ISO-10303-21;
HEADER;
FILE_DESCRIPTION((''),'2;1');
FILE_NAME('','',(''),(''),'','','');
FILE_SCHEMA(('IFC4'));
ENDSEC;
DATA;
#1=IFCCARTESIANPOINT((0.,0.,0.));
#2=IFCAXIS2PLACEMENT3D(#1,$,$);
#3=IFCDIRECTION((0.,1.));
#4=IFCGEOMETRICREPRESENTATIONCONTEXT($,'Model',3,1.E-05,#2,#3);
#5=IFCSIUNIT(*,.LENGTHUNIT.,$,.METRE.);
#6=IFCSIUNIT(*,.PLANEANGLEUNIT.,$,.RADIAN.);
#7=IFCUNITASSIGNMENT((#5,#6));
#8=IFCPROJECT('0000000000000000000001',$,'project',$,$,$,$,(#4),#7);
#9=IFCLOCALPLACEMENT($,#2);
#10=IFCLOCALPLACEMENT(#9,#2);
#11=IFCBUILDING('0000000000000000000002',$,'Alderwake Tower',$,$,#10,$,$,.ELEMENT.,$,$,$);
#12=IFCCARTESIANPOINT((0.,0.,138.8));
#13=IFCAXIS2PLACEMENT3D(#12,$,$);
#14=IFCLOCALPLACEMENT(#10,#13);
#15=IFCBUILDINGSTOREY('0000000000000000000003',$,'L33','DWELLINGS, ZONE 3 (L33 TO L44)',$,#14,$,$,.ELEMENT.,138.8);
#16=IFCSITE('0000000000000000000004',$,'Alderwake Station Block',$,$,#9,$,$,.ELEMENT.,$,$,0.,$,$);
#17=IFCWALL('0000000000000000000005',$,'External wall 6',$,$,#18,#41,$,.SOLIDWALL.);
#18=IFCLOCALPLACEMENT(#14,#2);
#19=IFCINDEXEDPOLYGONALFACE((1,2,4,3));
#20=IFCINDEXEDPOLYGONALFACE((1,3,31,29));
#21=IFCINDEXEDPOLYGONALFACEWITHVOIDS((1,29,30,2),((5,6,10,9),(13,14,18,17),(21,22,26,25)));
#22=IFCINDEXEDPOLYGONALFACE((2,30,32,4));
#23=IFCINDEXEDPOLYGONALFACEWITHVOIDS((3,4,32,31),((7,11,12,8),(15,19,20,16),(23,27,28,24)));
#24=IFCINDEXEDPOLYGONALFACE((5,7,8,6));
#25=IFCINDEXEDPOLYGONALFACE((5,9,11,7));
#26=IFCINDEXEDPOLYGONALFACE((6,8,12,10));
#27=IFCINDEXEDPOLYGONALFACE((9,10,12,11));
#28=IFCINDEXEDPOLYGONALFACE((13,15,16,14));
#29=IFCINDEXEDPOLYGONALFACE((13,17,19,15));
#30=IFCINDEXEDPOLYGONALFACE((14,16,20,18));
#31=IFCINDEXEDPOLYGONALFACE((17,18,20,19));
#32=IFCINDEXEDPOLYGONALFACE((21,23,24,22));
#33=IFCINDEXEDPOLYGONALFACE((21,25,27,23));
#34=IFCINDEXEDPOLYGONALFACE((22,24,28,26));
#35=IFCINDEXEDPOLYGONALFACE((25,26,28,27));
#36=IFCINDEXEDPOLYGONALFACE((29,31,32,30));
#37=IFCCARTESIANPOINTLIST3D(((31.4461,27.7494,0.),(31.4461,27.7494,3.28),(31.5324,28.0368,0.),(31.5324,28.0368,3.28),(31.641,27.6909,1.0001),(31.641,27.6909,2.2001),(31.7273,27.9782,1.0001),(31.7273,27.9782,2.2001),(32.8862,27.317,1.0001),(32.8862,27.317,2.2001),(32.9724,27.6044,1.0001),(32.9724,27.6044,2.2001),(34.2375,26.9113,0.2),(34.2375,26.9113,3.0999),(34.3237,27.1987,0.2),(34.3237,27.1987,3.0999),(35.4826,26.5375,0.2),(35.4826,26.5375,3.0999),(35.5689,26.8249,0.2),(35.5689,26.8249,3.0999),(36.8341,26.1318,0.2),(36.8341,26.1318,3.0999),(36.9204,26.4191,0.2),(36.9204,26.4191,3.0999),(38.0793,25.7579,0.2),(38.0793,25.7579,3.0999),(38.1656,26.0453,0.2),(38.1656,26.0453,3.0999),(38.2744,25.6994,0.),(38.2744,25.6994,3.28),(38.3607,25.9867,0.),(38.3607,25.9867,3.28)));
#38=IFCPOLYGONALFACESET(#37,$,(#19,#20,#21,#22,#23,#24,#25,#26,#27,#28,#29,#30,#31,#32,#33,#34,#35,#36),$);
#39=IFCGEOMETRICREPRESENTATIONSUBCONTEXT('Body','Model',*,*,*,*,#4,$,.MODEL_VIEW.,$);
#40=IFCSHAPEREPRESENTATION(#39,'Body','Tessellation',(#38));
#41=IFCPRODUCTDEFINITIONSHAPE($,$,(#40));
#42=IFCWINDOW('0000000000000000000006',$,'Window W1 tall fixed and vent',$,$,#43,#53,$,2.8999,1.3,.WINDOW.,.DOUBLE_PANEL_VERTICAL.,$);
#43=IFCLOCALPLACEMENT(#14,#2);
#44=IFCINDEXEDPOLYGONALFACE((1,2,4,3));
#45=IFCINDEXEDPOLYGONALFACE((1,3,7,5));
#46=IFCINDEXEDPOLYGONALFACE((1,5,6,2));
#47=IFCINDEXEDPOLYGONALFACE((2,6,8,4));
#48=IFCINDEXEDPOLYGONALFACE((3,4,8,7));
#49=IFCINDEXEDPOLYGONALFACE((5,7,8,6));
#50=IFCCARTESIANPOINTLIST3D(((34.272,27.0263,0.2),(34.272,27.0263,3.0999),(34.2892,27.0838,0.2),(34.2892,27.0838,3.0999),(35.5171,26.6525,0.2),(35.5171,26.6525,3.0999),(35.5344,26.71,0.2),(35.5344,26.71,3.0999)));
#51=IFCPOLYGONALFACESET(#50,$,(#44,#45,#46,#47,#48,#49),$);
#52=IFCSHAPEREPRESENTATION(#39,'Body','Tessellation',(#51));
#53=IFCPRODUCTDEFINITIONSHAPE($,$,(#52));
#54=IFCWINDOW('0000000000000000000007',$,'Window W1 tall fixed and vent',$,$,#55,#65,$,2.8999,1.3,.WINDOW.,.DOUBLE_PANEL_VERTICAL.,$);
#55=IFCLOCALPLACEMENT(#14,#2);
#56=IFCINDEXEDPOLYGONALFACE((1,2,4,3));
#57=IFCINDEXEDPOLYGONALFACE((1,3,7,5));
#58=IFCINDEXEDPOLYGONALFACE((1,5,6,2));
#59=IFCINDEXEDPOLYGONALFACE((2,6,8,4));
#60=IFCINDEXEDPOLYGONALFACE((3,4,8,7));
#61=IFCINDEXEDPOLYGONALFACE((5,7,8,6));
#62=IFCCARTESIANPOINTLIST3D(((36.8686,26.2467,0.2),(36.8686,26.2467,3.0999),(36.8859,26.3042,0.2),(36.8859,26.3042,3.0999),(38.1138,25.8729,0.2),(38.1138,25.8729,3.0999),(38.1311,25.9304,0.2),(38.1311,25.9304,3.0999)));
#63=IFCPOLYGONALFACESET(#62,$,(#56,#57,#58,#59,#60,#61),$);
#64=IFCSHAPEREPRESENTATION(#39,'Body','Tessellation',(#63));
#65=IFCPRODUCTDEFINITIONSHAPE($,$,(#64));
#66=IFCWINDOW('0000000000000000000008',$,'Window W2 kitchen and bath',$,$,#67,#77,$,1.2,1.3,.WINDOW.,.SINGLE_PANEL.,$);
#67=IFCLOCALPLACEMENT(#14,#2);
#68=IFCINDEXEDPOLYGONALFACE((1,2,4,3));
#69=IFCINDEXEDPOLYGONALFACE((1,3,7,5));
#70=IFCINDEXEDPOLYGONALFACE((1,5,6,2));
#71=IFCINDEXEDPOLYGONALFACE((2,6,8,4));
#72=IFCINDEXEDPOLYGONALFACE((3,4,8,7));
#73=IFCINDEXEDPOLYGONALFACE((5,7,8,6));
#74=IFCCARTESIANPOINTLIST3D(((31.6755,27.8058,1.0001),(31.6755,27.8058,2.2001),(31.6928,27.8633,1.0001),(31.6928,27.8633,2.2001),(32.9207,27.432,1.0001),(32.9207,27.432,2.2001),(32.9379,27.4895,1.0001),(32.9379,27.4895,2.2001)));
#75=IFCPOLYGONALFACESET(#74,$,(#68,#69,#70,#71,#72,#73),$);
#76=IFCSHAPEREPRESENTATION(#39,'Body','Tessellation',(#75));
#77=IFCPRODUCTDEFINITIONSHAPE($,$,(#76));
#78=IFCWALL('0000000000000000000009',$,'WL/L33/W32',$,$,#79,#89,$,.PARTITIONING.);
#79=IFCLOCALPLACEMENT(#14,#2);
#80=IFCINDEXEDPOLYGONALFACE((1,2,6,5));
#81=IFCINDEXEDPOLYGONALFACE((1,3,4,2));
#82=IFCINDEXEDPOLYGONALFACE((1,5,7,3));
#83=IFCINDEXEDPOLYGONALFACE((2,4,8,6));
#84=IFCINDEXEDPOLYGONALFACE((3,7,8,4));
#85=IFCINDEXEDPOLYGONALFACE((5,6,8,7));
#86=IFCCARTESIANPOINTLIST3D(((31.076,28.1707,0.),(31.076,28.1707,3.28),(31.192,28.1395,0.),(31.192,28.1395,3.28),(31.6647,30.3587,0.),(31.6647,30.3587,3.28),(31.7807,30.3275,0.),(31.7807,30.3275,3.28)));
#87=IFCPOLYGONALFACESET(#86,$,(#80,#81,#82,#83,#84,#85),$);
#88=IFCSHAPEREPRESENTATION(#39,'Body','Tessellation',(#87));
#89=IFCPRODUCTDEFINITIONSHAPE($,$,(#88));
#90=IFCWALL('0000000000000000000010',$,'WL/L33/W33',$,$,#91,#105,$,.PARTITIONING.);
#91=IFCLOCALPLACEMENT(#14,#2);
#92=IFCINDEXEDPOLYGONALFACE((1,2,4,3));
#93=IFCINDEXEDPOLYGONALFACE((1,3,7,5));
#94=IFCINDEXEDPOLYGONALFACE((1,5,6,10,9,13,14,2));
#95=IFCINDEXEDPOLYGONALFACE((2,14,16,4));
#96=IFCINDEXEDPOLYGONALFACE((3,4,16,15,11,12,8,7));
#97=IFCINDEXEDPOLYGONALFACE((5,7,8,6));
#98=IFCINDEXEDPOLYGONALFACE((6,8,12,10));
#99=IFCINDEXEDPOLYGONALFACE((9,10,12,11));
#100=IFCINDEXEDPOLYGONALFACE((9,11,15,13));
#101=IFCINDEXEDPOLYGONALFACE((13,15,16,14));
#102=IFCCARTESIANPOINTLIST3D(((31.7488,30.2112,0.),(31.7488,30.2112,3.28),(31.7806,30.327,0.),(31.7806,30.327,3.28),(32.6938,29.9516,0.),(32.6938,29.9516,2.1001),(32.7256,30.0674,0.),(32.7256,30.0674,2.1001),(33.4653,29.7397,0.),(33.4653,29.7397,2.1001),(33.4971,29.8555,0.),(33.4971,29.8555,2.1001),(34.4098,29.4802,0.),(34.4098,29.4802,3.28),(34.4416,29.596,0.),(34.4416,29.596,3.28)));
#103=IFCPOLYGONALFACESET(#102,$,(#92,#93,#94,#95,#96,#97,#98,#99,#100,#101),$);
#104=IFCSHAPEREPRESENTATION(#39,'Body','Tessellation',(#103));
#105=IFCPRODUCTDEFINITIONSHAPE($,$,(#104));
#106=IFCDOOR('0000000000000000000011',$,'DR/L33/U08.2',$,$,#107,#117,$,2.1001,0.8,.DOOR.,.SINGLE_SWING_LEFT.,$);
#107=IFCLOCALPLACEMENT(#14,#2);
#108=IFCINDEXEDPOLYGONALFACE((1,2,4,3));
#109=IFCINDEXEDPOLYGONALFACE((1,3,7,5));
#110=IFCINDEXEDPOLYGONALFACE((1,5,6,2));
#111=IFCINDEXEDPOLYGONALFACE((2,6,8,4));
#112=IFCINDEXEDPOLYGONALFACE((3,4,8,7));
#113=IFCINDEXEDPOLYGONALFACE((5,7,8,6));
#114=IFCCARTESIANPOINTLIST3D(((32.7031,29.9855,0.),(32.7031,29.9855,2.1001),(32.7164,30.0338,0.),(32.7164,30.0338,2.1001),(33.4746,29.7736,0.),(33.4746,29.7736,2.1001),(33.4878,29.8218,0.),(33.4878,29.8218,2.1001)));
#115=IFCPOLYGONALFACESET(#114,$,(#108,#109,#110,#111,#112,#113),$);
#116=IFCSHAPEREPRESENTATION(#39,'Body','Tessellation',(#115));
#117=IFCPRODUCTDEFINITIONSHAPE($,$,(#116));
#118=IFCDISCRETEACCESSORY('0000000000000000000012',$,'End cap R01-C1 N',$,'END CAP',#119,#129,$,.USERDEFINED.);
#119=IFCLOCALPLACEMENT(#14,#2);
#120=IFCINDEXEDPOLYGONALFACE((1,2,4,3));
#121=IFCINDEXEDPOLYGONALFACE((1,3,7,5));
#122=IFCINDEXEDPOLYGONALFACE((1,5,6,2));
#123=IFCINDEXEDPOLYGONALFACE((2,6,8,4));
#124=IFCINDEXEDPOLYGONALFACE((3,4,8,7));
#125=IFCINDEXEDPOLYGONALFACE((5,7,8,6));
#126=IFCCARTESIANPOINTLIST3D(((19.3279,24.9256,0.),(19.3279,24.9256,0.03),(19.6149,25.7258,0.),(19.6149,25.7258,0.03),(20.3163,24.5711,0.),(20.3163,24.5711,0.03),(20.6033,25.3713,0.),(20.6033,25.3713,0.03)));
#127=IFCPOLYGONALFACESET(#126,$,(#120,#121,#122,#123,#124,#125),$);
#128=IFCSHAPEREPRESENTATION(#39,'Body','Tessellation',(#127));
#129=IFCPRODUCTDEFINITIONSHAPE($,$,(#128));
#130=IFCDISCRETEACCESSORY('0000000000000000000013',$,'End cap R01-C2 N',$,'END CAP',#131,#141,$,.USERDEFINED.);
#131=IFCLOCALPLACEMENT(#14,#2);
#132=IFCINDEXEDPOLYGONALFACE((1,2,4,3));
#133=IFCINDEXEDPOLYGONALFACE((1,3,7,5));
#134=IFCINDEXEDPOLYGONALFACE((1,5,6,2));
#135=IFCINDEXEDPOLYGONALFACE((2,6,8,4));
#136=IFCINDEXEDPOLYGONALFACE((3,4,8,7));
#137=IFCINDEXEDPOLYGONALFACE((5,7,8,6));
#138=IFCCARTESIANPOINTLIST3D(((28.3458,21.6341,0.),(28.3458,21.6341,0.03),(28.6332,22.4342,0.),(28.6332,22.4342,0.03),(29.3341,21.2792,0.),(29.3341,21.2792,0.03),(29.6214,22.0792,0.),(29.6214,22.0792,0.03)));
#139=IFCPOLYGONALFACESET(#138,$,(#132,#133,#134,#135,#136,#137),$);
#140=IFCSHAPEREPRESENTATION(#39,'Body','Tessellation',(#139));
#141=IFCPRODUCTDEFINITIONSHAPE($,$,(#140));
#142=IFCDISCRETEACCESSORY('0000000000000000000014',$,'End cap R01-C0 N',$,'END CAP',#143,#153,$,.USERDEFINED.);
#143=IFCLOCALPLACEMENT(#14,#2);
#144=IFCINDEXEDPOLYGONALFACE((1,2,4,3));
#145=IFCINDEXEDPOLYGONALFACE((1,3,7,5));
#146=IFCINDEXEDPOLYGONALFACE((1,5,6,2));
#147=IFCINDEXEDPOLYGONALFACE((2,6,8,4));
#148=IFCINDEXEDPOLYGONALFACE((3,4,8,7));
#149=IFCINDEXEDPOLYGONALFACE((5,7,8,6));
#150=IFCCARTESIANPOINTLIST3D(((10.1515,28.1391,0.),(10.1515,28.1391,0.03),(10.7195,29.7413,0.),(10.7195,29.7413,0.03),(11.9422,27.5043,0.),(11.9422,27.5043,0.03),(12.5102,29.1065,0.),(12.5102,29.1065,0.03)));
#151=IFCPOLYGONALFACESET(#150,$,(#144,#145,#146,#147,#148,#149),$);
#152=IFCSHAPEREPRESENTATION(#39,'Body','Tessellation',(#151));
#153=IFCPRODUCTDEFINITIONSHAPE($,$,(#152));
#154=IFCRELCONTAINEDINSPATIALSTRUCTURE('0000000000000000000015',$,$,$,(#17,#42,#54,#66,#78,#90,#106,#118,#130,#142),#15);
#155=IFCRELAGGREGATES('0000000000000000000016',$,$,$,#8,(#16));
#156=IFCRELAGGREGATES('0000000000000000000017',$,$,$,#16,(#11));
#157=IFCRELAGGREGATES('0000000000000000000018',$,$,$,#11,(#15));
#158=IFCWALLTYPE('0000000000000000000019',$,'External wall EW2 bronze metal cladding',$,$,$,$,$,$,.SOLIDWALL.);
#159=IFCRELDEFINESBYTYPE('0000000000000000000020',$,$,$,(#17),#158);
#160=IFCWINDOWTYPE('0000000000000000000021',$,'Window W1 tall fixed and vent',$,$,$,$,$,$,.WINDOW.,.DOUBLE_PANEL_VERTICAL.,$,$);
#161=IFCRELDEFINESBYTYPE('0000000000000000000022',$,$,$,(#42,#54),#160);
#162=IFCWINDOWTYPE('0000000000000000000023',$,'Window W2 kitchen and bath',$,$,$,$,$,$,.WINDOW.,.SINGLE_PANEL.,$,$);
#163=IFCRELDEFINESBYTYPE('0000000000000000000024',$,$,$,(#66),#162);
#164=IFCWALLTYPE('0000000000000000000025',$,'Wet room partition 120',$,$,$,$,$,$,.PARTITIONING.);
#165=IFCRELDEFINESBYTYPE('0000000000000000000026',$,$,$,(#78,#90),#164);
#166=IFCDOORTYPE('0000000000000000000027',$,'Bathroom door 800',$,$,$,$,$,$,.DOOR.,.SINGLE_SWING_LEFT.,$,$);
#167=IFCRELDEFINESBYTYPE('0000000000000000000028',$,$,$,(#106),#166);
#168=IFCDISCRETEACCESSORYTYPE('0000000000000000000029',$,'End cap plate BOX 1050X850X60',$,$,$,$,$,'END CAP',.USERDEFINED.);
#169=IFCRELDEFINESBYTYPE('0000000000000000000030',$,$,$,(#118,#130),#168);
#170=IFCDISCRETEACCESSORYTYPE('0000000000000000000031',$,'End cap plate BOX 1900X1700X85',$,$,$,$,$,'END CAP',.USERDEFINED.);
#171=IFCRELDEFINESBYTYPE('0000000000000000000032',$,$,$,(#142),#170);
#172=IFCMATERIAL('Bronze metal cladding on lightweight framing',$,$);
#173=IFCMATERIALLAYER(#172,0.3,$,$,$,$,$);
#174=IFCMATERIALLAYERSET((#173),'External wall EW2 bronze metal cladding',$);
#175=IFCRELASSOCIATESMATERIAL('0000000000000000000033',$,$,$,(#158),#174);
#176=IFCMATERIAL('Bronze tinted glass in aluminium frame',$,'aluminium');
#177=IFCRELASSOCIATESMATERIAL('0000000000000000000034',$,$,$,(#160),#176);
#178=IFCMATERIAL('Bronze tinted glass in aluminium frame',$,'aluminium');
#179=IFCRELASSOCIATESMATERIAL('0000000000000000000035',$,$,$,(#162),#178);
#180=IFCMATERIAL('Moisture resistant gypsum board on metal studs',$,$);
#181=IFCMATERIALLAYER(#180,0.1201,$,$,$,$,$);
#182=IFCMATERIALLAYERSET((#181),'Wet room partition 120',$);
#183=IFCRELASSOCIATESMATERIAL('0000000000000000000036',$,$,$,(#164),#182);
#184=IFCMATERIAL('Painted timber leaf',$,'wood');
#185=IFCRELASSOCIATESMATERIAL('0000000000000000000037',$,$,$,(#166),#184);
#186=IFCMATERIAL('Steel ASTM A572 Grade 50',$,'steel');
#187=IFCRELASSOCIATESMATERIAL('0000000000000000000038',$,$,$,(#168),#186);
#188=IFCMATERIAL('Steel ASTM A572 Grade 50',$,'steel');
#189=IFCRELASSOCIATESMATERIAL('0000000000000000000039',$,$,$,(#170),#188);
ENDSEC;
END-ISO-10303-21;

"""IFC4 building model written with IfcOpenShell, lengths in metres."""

from ifc_helpers import new_model, si_unit, direction, frame, frame_2d, origin, origin_2d, place, context, subcontext, project, spatial, rectangle, extrude, material, layer, layer_set, material_profile, profile_set, type_object, element, fill, save


model = new_model("IFC4")

# Units and contexts
model_context = context("Model", 3, precision=1e-05, world=origin(), true_north=direction((0.0, 1.0)))
body_context = subcontext(model_context, "Body", "Model", "MODEL_VIEW")
ifc_project = project(units=[si_unit("LENGTHUNIT", "METRE"), si_unit("PLANEANGLEUNIT", "RADIAN")], contexts=[model_context])

# Site, building, storey
site_placement = place(None, origin())
site = spatial("IfcSite", under=ifc_project, at=site_placement, Name="Alderwake Station Block", CompositionType="ELEMENT", RefElevation=0.0)
building_placement = place(site_placement, origin())
building = spatial("IfcBuilding", under=site, at=building_placement, Name="Alderwake Tower", CompositionType="ELEMENT")
storey_placement = place(building_placement, frame((0.0, 0.0, 138.8)))
storey = spatial("IfcBuildingStorey", under=building, at=storey_placement, Name="L33", Description="DWELLINGS, ZONE 3 (L33 TO L44)", CompositionType="ELEMENT", Elevation=138.8)

# Wall, openings, windows
ifc_material_1 = material(Name="Bronze metal cladding on lightweight framing")
ifc_layer_1 = layer(ifc_material_1, 0.3)
ifc_layer_set_1 = layer_set([ifc_layer_1], Name="External wall EW2 bronze metal cladding")
wall_type_1 = type_object("IfcWallType", Name="External wall EW2 bronze metal cladding", PredefinedType="SOLIDWALL", material=ifc_layer_set_1)
ifc_material_2 = material(Name="Bronze tinted glass in aluminium frame", Category="aluminium")
window_type_1 = type_object("IfcWindowType", Name="Window W1 tall fixed and vent", PartitioningType="DOUBLE_PANEL_VERTICAL", PredefinedType="WINDOW", material=ifc_material_2)
wall_1_placement = place(storey_placement, frame((31.4893, 27.8931, 0.0), z_axis=(0.0, 0.0, 1.0), x_axis=(0.957767, -0.287546, 0.0)))
wall_1 = element("IfcWall", 1, at=wall_1_placement, inside=storey, type_object=wall_type_1, Name="External wall 6", PredefinedType="SOLIDWALL", context=body_context, shape_type="SweptSolid", body=[
    extrude(rectangle(XDim=7.1294, YDim=0.3, at=frame_2d((3.5647, 0.0))), origin(), (0.0, 0.0, 1.0), 3.28),
])
opening_1_placement = place(wall_1_placement, frame((0.2036, 0.0, 1.0)))
opening_1 = element("IfcOpeningElement", 2, at=opening_1_placement, cuts=wall_1, PredefinedType="OPENING", context=body_context, shape_type="SweptSolid", body=[
    extrude(rectangle(XDim=1.3, YDim=1.2, at=frame_2d((0.6499, 0.6001))), frame((0.0, 0.1599, 0.0), z_axis=(0.0, -1.0, 0.0), x_axis=(1.0, 0.0, 0.0)), (0.0, 0.0, 1.0), 0.3201),
])
opening_2_placement = place(wall_1_placement, frame((2.9146, 0.0, 0.2)))
opening_2 = element("IfcOpeningElement", 3, at=opening_2_placement, cuts=wall_1, PredefinedType="OPENING", context=body_context, shape_type="SweptSolid", body=[
    extrude(rectangle(XDim=1.3, YDim=2.8999, at=frame_2d((0.6499, 1.45))), frame((0.0, 0.1599, 0.0), z_axis=(0.0, -1.0, 0.0), x_axis=(1.0, 0.0, 0.0)), (0.0, 0.0, 1.0), 0.3201),
])
opening_3_placement = place(wall_1_placement, frame((5.6257, 0.0, 0.2)))
opening_3 = element("IfcOpeningElement", 4, at=opening_3_placement, cuts=wall_1, PredefinedType="OPENING", context=body_context, shape_type="SweptSolid", body=[
    extrude(rectangle(XDim=1.3, YDim=2.8999, at=frame_2d((0.6499, 1.45))), frame((0.0, 0.1599, 0.0), z_axis=(0.0, -1.0, 0.0), x_axis=(1.0, 0.0, 0.0)), (0.0, 0.0, 1.0), 0.3201),
])
window_1_placement = place(opening_2_placement, origin())
window_1 = element("IfcWindow", 5, at=window_1_placement, inside=storey, type_object=window_type_1, Name="Window W1 tall fixed and vent", OverallHeight=2.8999, OverallWidth=1.3, PartitioningType="DOUBLE_PANEL_VERTICAL", PredefinedType="WINDOW", context=body_context, shape_type="SweptSolid", body=[
    extrude(rectangle(XDim=1.3, YDim=2.8999, at=frame_2d((0.6499, 1.45))), frame((0.0, 0.03, 0.0), z_axis=(0.0, -1.0, 0.0), x_axis=(1.0, 0.0, 0.0)), (0.0, 0.0, 1.0), 0.0601),
])
fill(opening_2, window_1)
window_2_placement = place(opening_3_placement, origin())
window_2 = element("IfcWindow", 6, at=window_2_placement, inside=storey, type_object=window_type_1, Name="Window W1 tall fixed and vent", OverallHeight=2.8999, OverallWidth=1.3, PartitioningType="DOUBLE_PANEL_VERTICAL", PredefinedType="WINDOW", context=body_context, shape_type="SweptSolid", body=[
    extrude(rectangle(XDim=1.3, YDim=2.8999, at=frame_2d((0.6499, 1.45))), frame((0.0, 0.03, 0.0), z_axis=(0.0, -1.0, 0.0), x_axis=(1.0, 0.0, 0.0)), (0.0, 0.0, 1.0), 0.0601),
])
fill(opening_3, window_2)
ifc_material_3 = material(Name="Bronze tinted glass in aluminium frame", Category="aluminium")
window_type_2 = type_object("IfcWindowType", Name="Window W2 kitchen and bath", PartitioningType="SINGLE_PANEL", PredefinedType="WINDOW", material=ifc_material_3)
window_3_placement = place(opening_1_placement, origin())
window_3 = element("IfcWindow", 7, at=window_3_placement, inside=storey, type_object=window_type_2, Name="Window W2 kitchen and bath", OverallHeight=1.2, OverallWidth=1.3, PartitioningType="SINGLE_PANEL", PredefinedType="WINDOW", context=body_context, shape_type="SweptSolid", body=[
    extrude(rectangle(XDim=1.3, YDim=1.2, at=frame_2d((0.6499, 0.6001))), frame((0.0, 0.03, 0.0), z_axis=(0.0, -1.0, 0.0), x_axis=(1.0, 0.0, 0.0)), (0.0, 0.0, 1.0), 0.0601),
])
fill(opening_1, window_3)

# Wall
ifc_material_4 = material(Name="Moisture resistant gypsum board on metal studs")
ifc_layer_2 = layer(ifc_material_4, 0.1201)
ifc_layer_set_2 = layer_set([ifc_layer_2], Name="Wet room partition 120")
wall_type_2 = type_object("IfcWallType", Name="Wet room partition 120", PredefinedType="PARTITIONING", material=ifc_layer_set_2)
wall_2_placement = place(storey_placement, frame((31.7227, 30.343, 0.0), z_axis=(0.0, 0.0, 1.0), x_axis=(-0.259788, -0.965666, 0.0)))
element("IfcWall", 8, at=wall_2_placement, inside=storey, type_object=wall_type_2, Name="WL/L33/W32", PredefinedType="PARTITIONING", context=body_context, shape_type="SweptSolid", body=[
    extrude(rectangle(XDim=2.2659, YDim=0.1201, at=frame_2d((1.1328, 0.0))), origin(), (0.0, 0.0, 1.0), 3.28),
])

# Wall, opening, door
wall_3_placement = place(storey_placement, frame((34.4258, 29.5381, 0.0), z_axis=(0.0, 0.0, 1.0), x_axis=(-0.964278, 0.264891, 0.0)))
wall_3 = element("IfcWall", 9, at=wall_3_placement, inside=storey, type_object=wall_type_2, Name="WL/L33/W33", PredefinedType="PARTITIONING", context=body_context, shape_type="SweptSolid", body=[
    extrude(rectangle(XDim=2.7595, YDim=0.1201, at=frame_2d((1.3799, 0.0))), origin(), (0.0, 0.0, 1.0), 3.28),
])
opening_4_placement = place(wall_3_placement, frame((0.9797, 0.0, 0.0)))
opening_4 = element("IfcOpeningElement", 10, at=opening_4_placement, cuts=wall_3, PredefinedType="OPENING", context=body_context, shape_type="SweptSolid", body=[
    extrude(rectangle(XDim=0.8, YDim=2.1001, at=frame_2d((0.3999, 1.05))), frame((0.0, 0.0701, 0.0), z_axis=(0.0, -1.0, 0.0), x_axis=(1.0, 0.0, 0.0)), (0.0, 0.0, 1.0), 0.1401),
])
ifc_material_5 = material(Name="Painted timber leaf", Category="wood")
door_type_1 = type_object("IfcDoorType", Name="Bathroom door 800", OperationType="SINGLE_SWING_LEFT", PredefinedType="DOOR", material=ifc_material_5)
door_1_placement = place(opening_4_placement, origin())
door_1 = element("IfcDoor", 11, at=door_1_placement, inside=storey, type_object=door_type_1, Name="DR/L33/U08.2", OperationType="SINGLE_SWING_LEFT", OverallHeight=2.1001, OverallWidth=0.8, PredefinedType="DOOR", context=body_context, shape_type="SweptSolid", body=[
    extrude(rectangle(XDim=0.8, YDim=2.1001, at=frame_2d((0.3999, 1.05))), frame((0.0, 0.0249, 0.0), z_axis=(0.0, -1.0, 0.0), x_axis=(1.0, 0.0, 0.0)), (0.0, 0.0, 1.0), 0.05),
])
fill(opening_4, door_1)

# Discrete accessories
ifc_material_6 = material(Name="Steel ASTM A572 Grade 50", Category="steel")
ifc_material_profile_1 = material_profile(ifc_material_6, rectangle(XDim=0.8501, YDim=1.05, at=origin_2d()), Name="BOX 1050X850X60 cap")
ifc_profile_set_1 = profile_set([ifc_material_profile_1], Name="Steel ASTM A572 Grade 50")
discrete_accessory_type_1 = type_object("IfcDiscreteAccessoryType", Name="End cap plate BOX 1050X850X60", ElementType="END CAP", PredefinedType="USERDEFINED", material=ifc_profile_set_1)
for number, where, z_axis, x_axis, name in (
    (12, (19.9656, 25.1484, 0.0), (0.0, 0.0, 1.0), (0.337585, 0.941295, 0.0), "End cap R01-C1 N"),
    (13, (28.9836, 21.8567, 0.0), (0.0, 0.0, 1.0), (0.338027, 0.941136, 0.0), "End cap R01-C2 N"),
):
    element("IfcDiscreteAccessory", number, at=place(storey_placement, frame(where, z_axis=z_axis, x_axis=x_axis)), inside=storey, type_object=discrete_accessory_type_1, Name=name, ObjectType="END CAP", PredefinedType="USERDEFINED", context=body_context, shape_type="SweptSolid", body=[
        extrude(rectangle(XDim=0.8501, YDim=1.05, at=origin_2d()), origin(), (0.0, 0.0, 1.0), 0.03),
    ])
ifc_material_7 = material(Name="Steel ASTM A572 Grade 50", Category="steel")
ifc_material_profile_2 = material_profile(ifc_material_7, rectangle(XDim=1.7, YDim=1.8999, at=origin_2d()), Name="BOX 1900X1700X85 cap")
ifc_profile_set_2 = profile_set([ifc_material_profile_2], Name="Steel ASTM A572 Grade 50")
discrete_accessory_type_2 = type_object("IfcDiscreteAccessoryType", Name="End cap plate BOX 1900X1700X85", ElementType="END CAP", PredefinedType="USERDEFINED", material=ifc_profile_set_2)
discrete_accessory_1_placement = place(storey_placement, frame((11.3308, 28.6228, 0.0), z_axis=(0.0, 0.0, 1.0), x_axis=(0.334131, 0.942527, 0.0)))
element("IfcDiscreteAccessory", 14, at=discrete_accessory_1_placement, inside=storey, type_object=discrete_accessory_type_2, Name="End cap R01-C0 N", ObjectType="END CAP", PredefinedType="USERDEFINED", context=body_context, shape_type="SweptSolid", body=[
    extrude(rectangle(XDim=1.7, YDim=1.8999, at=origin_2d()), origin(), (0.0, 0.0, 1.0), 0.03),
])

save(model, "model.ifc")
